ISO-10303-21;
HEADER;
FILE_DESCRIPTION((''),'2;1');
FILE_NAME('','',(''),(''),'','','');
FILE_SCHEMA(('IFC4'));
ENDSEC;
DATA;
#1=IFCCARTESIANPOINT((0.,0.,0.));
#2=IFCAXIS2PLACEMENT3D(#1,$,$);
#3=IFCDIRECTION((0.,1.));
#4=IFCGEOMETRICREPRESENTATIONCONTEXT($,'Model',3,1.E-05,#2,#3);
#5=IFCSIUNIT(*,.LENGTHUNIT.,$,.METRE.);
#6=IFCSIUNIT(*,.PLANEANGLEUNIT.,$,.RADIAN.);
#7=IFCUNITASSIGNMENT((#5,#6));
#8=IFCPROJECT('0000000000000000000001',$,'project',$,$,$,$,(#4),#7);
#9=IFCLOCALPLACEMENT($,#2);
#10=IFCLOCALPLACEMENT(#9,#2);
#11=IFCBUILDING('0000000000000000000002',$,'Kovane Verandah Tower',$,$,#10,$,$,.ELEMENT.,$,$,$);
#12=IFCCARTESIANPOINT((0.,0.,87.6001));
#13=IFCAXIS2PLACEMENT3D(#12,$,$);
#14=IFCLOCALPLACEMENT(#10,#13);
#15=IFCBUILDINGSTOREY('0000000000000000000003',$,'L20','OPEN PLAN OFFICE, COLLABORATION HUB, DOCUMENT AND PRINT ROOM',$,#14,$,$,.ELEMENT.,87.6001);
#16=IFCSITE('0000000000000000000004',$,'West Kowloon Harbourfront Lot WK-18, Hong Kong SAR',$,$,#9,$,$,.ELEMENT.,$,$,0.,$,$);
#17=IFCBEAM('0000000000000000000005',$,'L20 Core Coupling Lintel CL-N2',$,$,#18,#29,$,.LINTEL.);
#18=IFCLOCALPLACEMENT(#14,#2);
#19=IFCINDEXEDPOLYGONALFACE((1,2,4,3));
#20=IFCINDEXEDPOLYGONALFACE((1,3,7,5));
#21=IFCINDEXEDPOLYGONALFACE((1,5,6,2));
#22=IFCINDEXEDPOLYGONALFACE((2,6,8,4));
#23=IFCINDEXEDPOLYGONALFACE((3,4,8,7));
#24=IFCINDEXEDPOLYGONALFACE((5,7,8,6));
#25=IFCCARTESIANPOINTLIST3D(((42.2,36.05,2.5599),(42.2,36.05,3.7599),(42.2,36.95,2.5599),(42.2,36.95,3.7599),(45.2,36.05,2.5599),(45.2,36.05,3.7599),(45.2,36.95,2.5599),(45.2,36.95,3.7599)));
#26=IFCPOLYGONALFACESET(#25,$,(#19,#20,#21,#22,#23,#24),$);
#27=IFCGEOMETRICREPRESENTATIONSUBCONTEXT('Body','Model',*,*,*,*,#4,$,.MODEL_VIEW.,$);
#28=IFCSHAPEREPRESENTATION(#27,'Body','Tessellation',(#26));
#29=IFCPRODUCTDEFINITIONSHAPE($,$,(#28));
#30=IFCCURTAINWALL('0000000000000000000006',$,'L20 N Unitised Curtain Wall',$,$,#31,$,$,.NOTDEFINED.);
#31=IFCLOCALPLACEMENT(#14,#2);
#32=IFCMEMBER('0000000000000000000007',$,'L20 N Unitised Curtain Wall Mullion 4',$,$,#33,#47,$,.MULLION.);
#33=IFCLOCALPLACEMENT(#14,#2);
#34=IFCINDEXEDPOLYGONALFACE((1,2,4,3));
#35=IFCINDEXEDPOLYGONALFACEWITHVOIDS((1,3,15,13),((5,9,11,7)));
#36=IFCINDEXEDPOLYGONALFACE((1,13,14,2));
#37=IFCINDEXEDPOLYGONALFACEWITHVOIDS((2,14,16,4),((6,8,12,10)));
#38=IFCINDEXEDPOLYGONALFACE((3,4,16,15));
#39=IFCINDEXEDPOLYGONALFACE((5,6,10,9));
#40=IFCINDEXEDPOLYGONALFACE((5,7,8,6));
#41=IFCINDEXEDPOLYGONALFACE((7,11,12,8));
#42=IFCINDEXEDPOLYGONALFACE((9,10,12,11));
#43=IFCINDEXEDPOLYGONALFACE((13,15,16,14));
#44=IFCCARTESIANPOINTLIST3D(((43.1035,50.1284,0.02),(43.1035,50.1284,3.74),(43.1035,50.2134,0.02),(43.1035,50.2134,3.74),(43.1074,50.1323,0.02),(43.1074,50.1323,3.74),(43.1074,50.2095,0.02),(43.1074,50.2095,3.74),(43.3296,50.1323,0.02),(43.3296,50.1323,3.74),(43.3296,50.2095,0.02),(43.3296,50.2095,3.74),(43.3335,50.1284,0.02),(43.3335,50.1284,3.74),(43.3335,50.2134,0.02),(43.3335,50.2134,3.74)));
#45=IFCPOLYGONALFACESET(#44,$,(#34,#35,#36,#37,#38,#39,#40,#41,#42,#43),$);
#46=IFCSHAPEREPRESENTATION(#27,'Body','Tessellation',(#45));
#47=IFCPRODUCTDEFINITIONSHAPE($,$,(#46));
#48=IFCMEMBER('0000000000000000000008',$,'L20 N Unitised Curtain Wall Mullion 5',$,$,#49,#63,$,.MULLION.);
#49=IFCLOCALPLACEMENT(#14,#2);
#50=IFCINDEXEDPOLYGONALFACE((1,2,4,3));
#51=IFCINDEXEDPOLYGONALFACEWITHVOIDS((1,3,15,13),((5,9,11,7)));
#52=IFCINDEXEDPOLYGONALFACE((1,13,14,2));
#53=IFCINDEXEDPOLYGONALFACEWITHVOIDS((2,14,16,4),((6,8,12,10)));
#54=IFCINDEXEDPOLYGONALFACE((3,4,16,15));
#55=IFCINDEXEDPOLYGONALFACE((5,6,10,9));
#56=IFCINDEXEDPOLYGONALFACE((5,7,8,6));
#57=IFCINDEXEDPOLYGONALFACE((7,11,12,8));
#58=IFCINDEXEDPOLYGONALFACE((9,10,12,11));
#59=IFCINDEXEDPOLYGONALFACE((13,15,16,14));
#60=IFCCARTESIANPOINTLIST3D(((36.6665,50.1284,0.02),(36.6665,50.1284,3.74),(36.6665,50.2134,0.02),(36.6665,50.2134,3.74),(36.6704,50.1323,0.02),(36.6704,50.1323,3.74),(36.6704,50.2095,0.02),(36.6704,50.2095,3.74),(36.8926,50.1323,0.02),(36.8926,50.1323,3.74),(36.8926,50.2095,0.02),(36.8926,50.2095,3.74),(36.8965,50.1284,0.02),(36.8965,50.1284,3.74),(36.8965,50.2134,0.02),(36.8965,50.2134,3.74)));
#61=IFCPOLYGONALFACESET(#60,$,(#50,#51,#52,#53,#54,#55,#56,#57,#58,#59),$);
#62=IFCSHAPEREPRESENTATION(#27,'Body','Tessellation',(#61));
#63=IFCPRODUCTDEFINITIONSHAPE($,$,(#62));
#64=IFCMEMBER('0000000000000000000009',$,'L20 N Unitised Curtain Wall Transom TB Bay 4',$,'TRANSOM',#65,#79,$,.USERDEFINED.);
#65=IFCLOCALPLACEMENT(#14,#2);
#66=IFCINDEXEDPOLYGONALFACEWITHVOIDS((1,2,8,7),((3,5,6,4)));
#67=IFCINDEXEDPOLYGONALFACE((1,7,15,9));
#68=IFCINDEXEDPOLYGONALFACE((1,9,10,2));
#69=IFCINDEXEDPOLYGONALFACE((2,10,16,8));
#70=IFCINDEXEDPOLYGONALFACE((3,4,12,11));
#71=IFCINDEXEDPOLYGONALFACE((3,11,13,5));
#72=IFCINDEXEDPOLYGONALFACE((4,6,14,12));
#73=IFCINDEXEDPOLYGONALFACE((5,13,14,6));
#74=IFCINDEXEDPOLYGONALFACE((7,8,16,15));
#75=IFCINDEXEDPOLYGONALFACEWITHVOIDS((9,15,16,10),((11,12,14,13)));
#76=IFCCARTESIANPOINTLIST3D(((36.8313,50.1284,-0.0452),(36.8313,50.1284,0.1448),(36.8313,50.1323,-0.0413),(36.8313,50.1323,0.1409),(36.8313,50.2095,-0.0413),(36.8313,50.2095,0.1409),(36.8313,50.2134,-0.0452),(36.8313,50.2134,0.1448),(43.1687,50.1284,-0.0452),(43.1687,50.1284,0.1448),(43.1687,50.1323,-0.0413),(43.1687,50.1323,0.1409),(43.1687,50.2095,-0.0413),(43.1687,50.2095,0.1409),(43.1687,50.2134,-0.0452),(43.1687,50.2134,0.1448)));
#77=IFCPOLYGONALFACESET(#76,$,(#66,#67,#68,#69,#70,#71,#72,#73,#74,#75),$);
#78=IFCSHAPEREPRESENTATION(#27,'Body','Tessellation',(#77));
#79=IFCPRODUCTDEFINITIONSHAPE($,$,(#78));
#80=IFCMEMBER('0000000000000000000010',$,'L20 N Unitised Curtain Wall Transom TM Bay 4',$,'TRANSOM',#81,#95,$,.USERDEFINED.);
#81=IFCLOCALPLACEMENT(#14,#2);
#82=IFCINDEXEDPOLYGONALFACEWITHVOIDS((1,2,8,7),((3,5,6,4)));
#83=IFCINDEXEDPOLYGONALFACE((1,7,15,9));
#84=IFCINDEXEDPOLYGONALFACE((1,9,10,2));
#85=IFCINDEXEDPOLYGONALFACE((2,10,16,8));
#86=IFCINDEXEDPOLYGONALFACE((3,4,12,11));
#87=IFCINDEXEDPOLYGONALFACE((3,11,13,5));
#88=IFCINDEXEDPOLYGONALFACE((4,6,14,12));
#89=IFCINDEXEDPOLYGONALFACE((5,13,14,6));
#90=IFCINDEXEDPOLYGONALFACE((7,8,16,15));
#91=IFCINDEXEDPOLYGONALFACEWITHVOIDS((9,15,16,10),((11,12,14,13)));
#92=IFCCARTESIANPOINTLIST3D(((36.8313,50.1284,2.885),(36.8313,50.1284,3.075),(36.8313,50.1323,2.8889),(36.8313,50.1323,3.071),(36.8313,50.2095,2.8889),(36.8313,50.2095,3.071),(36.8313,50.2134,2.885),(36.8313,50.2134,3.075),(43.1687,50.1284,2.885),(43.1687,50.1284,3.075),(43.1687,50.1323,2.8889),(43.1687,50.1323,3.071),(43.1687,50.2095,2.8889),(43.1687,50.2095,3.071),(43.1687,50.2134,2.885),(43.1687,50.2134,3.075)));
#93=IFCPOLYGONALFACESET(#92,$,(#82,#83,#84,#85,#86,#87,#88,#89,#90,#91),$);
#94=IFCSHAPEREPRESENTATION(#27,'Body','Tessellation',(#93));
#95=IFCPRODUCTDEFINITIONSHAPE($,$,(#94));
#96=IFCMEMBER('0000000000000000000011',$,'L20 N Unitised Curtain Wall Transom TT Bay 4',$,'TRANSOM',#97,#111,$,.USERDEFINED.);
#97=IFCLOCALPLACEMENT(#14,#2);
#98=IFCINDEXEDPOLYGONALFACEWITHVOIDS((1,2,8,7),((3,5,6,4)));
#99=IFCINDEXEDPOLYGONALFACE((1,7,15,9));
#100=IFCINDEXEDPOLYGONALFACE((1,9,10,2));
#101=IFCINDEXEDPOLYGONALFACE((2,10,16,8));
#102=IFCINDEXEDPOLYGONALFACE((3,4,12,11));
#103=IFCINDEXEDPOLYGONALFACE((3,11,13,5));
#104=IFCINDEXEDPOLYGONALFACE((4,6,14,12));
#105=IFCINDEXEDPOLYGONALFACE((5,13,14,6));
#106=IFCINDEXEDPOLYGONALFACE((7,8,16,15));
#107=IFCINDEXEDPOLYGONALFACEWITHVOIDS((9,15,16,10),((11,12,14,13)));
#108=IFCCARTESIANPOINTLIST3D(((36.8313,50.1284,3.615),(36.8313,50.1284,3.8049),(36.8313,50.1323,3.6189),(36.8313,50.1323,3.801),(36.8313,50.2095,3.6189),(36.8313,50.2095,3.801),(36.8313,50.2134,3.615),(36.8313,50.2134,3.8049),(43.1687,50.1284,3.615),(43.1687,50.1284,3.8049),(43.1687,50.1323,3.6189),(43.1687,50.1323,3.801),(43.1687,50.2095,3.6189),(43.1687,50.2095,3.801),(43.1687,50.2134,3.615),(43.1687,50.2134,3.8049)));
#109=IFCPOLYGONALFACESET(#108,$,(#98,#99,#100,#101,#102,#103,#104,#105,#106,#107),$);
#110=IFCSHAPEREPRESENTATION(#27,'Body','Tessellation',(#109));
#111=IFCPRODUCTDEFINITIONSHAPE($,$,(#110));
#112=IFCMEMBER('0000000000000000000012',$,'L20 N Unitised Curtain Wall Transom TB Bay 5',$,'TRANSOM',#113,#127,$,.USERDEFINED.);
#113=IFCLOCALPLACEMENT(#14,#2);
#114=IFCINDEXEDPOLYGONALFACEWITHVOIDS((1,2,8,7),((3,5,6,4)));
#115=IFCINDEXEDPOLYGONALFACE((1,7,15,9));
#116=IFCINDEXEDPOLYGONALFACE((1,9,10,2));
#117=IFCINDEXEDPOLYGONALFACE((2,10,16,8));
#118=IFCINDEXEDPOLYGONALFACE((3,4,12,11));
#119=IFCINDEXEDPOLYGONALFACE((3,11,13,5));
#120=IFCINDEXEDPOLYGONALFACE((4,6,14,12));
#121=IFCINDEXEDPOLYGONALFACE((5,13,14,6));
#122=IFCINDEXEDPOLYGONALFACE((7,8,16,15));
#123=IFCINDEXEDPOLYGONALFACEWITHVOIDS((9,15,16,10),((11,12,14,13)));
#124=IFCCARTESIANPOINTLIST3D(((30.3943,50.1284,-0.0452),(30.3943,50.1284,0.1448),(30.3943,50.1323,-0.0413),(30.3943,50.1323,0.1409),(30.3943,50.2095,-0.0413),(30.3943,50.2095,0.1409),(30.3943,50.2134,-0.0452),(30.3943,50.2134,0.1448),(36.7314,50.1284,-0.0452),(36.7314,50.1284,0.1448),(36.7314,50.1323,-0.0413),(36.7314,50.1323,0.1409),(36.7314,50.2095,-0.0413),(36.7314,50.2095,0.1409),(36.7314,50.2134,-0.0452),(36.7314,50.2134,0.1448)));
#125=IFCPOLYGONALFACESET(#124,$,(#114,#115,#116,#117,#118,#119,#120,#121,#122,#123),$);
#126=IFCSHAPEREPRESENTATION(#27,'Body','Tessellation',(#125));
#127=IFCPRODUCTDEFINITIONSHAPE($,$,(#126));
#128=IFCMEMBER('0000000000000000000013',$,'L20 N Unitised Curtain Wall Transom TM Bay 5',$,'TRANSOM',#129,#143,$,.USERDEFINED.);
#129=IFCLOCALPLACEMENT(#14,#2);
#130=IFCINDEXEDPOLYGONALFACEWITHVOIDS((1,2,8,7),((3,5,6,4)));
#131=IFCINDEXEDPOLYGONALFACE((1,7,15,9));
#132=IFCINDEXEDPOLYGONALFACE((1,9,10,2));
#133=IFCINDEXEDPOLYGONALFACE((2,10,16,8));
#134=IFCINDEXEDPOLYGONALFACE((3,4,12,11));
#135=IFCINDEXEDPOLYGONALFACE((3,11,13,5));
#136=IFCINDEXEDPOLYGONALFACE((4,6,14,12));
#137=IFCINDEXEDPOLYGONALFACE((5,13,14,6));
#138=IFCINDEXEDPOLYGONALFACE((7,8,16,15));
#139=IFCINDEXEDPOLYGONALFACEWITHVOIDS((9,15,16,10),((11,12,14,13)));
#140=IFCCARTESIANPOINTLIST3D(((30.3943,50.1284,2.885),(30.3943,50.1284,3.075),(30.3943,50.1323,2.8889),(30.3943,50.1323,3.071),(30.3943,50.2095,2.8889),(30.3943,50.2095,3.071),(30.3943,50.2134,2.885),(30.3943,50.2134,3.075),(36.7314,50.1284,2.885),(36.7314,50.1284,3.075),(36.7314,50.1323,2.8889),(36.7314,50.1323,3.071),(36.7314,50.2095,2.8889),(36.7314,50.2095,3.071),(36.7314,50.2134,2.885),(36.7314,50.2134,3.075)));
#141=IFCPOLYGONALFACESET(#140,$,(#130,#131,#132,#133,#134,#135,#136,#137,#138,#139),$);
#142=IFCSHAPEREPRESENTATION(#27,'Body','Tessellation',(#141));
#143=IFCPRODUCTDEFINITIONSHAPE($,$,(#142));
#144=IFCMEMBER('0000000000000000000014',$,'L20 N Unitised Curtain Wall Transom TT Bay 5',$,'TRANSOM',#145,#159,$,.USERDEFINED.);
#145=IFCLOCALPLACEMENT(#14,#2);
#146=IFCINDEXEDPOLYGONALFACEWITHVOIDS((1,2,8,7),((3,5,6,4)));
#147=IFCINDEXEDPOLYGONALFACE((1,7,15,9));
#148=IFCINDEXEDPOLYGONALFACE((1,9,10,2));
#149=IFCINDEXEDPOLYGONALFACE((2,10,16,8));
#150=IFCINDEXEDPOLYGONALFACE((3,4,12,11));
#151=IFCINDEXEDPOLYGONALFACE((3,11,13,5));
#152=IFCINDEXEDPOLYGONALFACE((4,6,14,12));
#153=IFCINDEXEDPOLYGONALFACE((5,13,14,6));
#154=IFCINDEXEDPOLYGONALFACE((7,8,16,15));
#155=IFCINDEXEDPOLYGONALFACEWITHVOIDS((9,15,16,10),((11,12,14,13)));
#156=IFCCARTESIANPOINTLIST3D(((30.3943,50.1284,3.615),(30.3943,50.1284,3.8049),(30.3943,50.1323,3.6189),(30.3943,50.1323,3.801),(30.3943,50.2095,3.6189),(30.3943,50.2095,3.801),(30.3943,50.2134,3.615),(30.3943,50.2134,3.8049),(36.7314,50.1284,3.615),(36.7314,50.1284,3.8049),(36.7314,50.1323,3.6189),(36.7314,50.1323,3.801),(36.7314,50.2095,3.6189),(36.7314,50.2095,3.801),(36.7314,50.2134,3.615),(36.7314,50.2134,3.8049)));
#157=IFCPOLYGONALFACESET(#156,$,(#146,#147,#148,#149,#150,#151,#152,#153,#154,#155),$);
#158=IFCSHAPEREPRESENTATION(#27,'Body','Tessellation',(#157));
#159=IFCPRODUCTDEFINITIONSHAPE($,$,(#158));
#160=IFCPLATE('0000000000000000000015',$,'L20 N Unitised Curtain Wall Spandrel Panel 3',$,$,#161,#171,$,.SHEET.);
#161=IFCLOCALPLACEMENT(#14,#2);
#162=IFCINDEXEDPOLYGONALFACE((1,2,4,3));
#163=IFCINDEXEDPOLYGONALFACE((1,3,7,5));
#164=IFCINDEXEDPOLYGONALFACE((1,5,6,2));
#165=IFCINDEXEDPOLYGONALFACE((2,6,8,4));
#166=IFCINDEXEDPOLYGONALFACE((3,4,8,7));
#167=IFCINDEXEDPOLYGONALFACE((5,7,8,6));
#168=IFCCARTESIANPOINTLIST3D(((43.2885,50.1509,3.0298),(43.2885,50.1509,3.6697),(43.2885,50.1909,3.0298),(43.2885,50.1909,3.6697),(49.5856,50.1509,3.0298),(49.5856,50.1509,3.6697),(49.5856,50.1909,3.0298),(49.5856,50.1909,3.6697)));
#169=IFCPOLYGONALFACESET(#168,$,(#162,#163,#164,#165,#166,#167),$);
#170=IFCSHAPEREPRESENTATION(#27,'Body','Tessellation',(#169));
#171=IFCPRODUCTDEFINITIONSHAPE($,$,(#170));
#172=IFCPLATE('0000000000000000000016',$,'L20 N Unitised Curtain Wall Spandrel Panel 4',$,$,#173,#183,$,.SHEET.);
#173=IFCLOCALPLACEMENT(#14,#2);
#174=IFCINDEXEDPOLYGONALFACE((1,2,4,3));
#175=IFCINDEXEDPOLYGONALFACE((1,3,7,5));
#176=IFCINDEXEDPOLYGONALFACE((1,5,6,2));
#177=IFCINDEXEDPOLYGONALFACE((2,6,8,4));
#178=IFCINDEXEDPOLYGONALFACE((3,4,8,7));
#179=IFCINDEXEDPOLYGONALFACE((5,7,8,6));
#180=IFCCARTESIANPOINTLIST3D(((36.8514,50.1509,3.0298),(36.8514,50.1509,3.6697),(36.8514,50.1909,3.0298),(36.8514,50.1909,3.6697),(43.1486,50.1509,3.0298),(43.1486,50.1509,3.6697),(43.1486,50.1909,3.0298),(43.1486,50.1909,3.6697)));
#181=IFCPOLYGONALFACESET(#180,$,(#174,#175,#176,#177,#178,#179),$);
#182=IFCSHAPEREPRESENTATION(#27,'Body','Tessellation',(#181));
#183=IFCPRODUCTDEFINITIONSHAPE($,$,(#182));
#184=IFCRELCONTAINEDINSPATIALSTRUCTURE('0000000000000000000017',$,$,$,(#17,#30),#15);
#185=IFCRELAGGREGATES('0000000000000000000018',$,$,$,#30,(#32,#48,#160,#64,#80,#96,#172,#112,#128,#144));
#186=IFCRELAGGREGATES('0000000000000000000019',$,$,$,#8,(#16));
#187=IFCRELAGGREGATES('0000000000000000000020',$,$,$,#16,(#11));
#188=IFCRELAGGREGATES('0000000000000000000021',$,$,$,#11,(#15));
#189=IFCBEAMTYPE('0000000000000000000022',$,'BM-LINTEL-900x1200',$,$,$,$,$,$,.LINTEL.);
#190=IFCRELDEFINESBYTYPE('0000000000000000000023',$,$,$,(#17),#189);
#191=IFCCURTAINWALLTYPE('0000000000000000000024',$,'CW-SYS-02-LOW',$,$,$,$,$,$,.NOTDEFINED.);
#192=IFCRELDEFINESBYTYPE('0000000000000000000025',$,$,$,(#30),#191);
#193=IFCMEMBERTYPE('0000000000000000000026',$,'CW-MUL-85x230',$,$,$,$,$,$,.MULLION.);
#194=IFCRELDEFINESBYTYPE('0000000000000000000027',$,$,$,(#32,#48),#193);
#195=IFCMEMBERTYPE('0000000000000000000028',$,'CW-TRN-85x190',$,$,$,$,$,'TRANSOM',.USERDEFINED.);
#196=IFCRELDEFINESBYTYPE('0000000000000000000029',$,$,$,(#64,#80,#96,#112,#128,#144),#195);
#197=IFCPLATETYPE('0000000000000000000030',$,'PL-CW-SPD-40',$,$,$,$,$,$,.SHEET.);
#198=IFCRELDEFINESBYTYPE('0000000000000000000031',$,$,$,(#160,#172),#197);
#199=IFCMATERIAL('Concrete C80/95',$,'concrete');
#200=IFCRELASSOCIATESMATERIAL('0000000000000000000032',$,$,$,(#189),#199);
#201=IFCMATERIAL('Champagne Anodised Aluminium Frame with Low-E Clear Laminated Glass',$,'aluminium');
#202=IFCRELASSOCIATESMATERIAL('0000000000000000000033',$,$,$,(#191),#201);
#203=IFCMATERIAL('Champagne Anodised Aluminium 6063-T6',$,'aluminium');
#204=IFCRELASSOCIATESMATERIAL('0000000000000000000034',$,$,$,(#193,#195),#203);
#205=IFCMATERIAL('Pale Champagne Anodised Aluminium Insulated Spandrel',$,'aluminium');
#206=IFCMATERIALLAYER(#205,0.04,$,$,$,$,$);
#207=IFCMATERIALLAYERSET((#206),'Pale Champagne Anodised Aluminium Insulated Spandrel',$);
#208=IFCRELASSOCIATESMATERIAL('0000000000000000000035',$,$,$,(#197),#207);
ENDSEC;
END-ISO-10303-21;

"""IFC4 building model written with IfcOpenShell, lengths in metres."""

from ifc_helpers import new_model, si_unit, direction, frame, origin, origin_2d, place, context, subcontext, project, spatial, rectangle, hollow_rectangle, extrude, material, layer, layer_set, material_profile, profile_set, type_object, element, aggregate, save


model = new_model("IFC4")

# Units and contexts
model_context = context("Model", 3, precision=1e-05, world=origin(), true_north=direction((0.0, 1.0)))
body_context = subcontext(model_context, "Body", "Model", "MODEL_VIEW")
ifc_project = project(units=[si_unit("LENGTHUNIT", "METRE"), si_unit("PLANEANGLEUNIT", "RADIAN")], contexts=[model_context])

# Site, building, storey
site_placement = place(None, origin())
site = spatial("IfcSite", under=ifc_project, at=site_placement, Name="West Kowloon Harbourfront Lot WK-18, Hong Kong SAR", CompositionType="ELEMENT", RefElevation=0.0)
building_placement = place(site_placement, origin())
building = spatial("IfcBuilding", under=site, at=building_placement, Name="Kovane Verandah Tower", CompositionType="ELEMENT")
storey_placement = place(building_placement, frame((0.0, 0.0, 87.6001)))
storey = spatial("IfcBuildingStorey", under=building, at=storey_placement, Name="L20", Description="OPEN PLAN OFFICE, COLLABORATION HUB, DOCUMENT AND PRINT ROOM", CompositionType="ELEMENT", Elevation=87.6001)

# Beam
ifc_material_1 = material(Name="Concrete C80/95", Category="concrete")
ifc_material_profile_1 = material_profile(ifc_material_1, rectangle(XDim=0.8999, YDim=1.2, at=origin_2d()), Name="RCB900x1200")
ifc_profile_set_1 = profile_set([ifc_material_profile_1], Name="Concrete C80/95")
beam_type = type_object("IfcBeamType", Name="BM-LINTEL-900x1200", PredefinedType="LINTEL", material=ifc_profile_set_1)
beam_placement = place(storey_placement, frame((42.2, 36.5, 3.1599), z_axis=(1.0, 0.0, 0.0), x_axis=(0.0, 1.0, 0.0)))
element("IfcBeam", 1, at=beam_placement, inside=storey, type_object=beam_type, Name="L20 Core Coupling Lintel CL-N2", PredefinedType="LINTEL", context=body_context, shape_type="SweptSolid", body=[
    extrude(rectangle(XDim=0.8999, YDim=1.2, at=origin_2d()), origin(), (0.0, 0.0, 1.0), 3.0),
])

# Curtain wall, members, plates
ifc_material_2 = material(Name="Champagne Anodised Aluminium Frame with Low-E Clear Laminated Glass", Category="aluminium")
curtain_wall_type = type_object("IfcCurtainWallType", Name="CW-SYS-02-LOW", PredefinedType="NOTDEFINED", material=ifc_material_2)
curtain_wall_placement = place(storey_placement, origin())
curtain_wall = element("IfcCurtainWall", 2, at=curtain_wall_placement, inside=storey, type_object=curtain_wall_type, Name="L20 N Unitised Curtain Wall", PredefinedType="NOTDEFINED")
ifc_material_3 = material(Name="Champagne Anodised Aluminium 6063-T6", Category="aluminium")
ifc_material_profile_2 = material_profile(ifc_material_3, hollow_rectangle(XDim=0.085, YDim=0.23, WallThickness=0.0039, at=origin_2d()), Name="AL85x230x4")
ifc_profile_set_2 = profile_set([ifc_material_profile_2], Name="Champagne Anodised Aluminium 6063-T6")
member_type_1 = type_object("IfcMemberType", Name="CW-MUL-85x230", PredefinedType="MULLION", material=ifc_profile_set_2)
member_1_placement = place(storey_placement, frame((43.2185, 50.1709, 0.02), z_axis=(0.0, 0.0, 1.0), x_axis=(0.0, 1.0, 0.0)))
member_1 = element("IfcMember", 3, at=member_1_placement, type_object=member_type_1, Name="L20 N Unitised Curtain Wall Mullion 4", PredefinedType="MULLION", context=body_context, shape_type="SweptSolid", body=[
    extrude(hollow_rectangle(XDim=0.085, YDim=0.23, WallThickness=0.0039, at=origin_2d()), origin(), (0.0, 0.0, 1.0), 3.72),
])
member_2_placement = place(storey_placement, frame((36.7815, 50.1709, 0.02), z_axis=(0.0, 0.0, 1.0), x_axis=(0.0, 1.0, 0.0)))
member_2 = element("IfcMember", 4, at=member_2_placement, type_object=member_type_1, Name="L20 N Unitised Curtain Wall Mullion 5", PredefinedType="MULLION", context=body_context, shape_type="SweptSolid", body=[
    extrude(hollow_rectangle(XDim=0.085, YDim=0.23, WallThickness=0.0039, at=origin_2d()), origin(), (0.0, 0.0, 1.0), 3.72),
])
ifc_material_profile_3 = material_profile(ifc_material_3, hollow_rectangle(XDim=0.085, YDim=0.1899, WallThickness=0.0039, at=origin_2d()), Name="AL85x190x4")
ifc_profile_set_3 = profile_set([ifc_material_profile_3], Name="Champagne Anodised Aluminium 6063-T6")
member_type_2 = type_object("IfcMemberType", Name="CW-TRN-85x190", ElementType="TRANSOM", PredefinedType="USERDEFINED", material=ifc_profile_set_3)
member_3_placement = place(storey_placement, frame((43.1687, 50.1709, 0.0498), z_axis=(-1.0, 0.0, 0.0), x_axis=(0.0, -1.0, 0.0)))
member_3 = element("IfcMember", 5, at=member_3_placement, type_object=member_type_2, Name="L20 N Unitised Curtain Wall Transom TB Bay 4", ObjectType="TRANSOM", PredefinedType="USERDEFINED", context=body_context, shape_type="SweptSolid", body=[
    extrude(hollow_rectangle(XDim=0.085, YDim=0.1899, WallThickness=0.0039, at=origin_2d()), origin(), (0.0, 0.0, 1.0), 6.3374),
])
member_4_placement = place(storey_placement, frame((43.1687, 50.1709, 2.98), z_axis=(-1.0, 0.0, 0.0), x_axis=(0.0, -1.0, 0.0)))
member_4 = element("IfcMember", 6, at=member_4_placement, type_object=member_type_2, Name="L20 N Unitised Curtain Wall Transom TM Bay 4", ObjectType="TRANSOM", PredefinedType="USERDEFINED", context=body_context, shape_type="SweptSolid", body=[
    extrude(hollow_rectangle(XDim=0.085, YDim=0.1899, WallThickness=0.0039, at=origin_2d()), origin(), (0.0, 0.0, 1.0), 6.3374),
])
member_5_placement = place(storey_placement, frame((43.1687, 50.1709, 3.71), z_axis=(-1.0, 0.0, 0.0), x_axis=(0.0, -1.0, 0.0)))
member_5 = element("IfcMember", 7, at=member_5_placement, type_object=member_type_2, Name="L20 N Unitised Curtain Wall Transom TT Bay 4", ObjectType="TRANSOM", PredefinedType="USERDEFINED", context=body_context, shape_type="SweptSolid", body=[
    extrude(hollow_rectangle(XDim=0.085, YDim=0.1899, WallThickness=0.0039, at=origin_2d()), origin(), (0.0, 0.0, 1.0), 6.3374),
])
member_6_placement = place(storey_placement, frame((36.7314, 50.1709, 0.0498), z_axis=(-1.0, 0.0, 0.0), x_axis=(0.0, -1.0, 0.0)))
member_6 = element("IfcMember", 8, at=member_6_placement, type_object=member_type_2, Name="L20 N Unitised Curtain Wall Transom TB Bay 5", ObjectType="TRANSOM", PredefinedType="USERDEFINED", context=body_context, shape_type="SweptSolid", body=[
    extrude(hollow_rectangle(XDim=0.085, YDim=0.1899, WallThickness=0.0039, at=origin_2d()), origin(), (0.0, 0.0, 1.0), 6.3372),
])
member_7_placement = place(storey_placement, frame((36.7314, 50.1709, 2.98), z_axis=(-1.0, 0.0, 0.0), x_axis=(0.0, -1.0, 0.0)))
member_7 = element("IfcMember", 9, at=member_7_placement, type_object=member_type_2, Name="L20 N Unitised Curtain Wall Transom TM Bay 5", ObjectType="TRANSOM", PredefinedType="USERDEFINED", context=body_context, shape_type="SweptSolid", body=[
    extrude(hollow_rectangle(XDim=0.085, YDim=0.1899, WallThickness=0.0039, at=origin_2d()), origin(), (0.0, 0.0, 1.0), 6.3372),
])
member_8_placement = place(storey_placement, frame((36.7314, 50.1709, 3.71), z_axis=(-1.0, 0.0, 0.0), x_axis=(0.0, -1.0, 0.0)))
member_8 = element("IfcMember", 10, at=member_8_placement, type_object=member_type_2, Name="L20 N Unitised Curtain Wall Transom TT Bay 5", ObjectType="TRANSOM", PredefinedType="USERDEFINED", context=body_context, shape_type="SweptSolid", body=[
    extrude(hollow_rectangle(XDim=0.085, YDim=0.1899, WallThickness=0.0039, at=origin_2d()), origin(), (0.0, 0.0, 1.0), 6.3372),
])
ifc_material_4 = material(Name="Pale Champagne Anodised Aluminium Insulated Spandrel", Category="aluminium")
ifc_layer_1 = layer(ifc_material_4, 0.04)
ifc_layer_set_1 = layer_set([ifc_layer_1], Name="Pale Champagne Anodised Aluminium Insulated Spandrel")
plate_type_1 = type_object("IfcPlateType", Name="PL-CW-SPD-40", PredefinedType="SHEET", material=ifc_layer_set_1)
plate_1_placement = place(storey_placement, frame((46.437, 50.1709, 3.0298), z_axis=(0.0, 0.0, 1.0), x_axis=(-1.0, 0.0, 0.0)))
plate_1 = element("IfcPlate", 11, at=plate_1_placement, type_object=plate_type_1, Name="L20 N Unitised Curtain Wall Spandrel Panel 3", PredefinedType="SHEET", context=body_context, shape_type="SweptSolid", body=[
    extrude(rectangle(XDim=6.2971, YDim=0.04, at=origin_2d()), origin(), (0.0, 0.0, 1.0), 0.6399),
])
plate_2_placement = place(storey_placement, frame((40.0, 50.1709, 3.0298), z_axis=(0.0, 0.0, 1.0), x_axis=(-1.0, 0.0, 0.0)))
plate_2 = element("IfcPlate", 12, at=plate_2_placement, type_object=plate_type_1, Name="L20 N Unitised Curtain Wall Spandrel Panel 4", PredefinedType="SHEET", context=body_context, shape_type="SweptSolid", body=[
    extrude(rectangle(XDim=6.2971, YDim=0.04, at=origin_2d()), origin(), (0.0, 0.0, 1.0), 0.6399),
])
aggregate(curtain_wall, [member_1, member_2, plate_1, member_3, member_4, member_5, plate_2, member_6, member_7, member_8])

save(model, "model.ifc")
